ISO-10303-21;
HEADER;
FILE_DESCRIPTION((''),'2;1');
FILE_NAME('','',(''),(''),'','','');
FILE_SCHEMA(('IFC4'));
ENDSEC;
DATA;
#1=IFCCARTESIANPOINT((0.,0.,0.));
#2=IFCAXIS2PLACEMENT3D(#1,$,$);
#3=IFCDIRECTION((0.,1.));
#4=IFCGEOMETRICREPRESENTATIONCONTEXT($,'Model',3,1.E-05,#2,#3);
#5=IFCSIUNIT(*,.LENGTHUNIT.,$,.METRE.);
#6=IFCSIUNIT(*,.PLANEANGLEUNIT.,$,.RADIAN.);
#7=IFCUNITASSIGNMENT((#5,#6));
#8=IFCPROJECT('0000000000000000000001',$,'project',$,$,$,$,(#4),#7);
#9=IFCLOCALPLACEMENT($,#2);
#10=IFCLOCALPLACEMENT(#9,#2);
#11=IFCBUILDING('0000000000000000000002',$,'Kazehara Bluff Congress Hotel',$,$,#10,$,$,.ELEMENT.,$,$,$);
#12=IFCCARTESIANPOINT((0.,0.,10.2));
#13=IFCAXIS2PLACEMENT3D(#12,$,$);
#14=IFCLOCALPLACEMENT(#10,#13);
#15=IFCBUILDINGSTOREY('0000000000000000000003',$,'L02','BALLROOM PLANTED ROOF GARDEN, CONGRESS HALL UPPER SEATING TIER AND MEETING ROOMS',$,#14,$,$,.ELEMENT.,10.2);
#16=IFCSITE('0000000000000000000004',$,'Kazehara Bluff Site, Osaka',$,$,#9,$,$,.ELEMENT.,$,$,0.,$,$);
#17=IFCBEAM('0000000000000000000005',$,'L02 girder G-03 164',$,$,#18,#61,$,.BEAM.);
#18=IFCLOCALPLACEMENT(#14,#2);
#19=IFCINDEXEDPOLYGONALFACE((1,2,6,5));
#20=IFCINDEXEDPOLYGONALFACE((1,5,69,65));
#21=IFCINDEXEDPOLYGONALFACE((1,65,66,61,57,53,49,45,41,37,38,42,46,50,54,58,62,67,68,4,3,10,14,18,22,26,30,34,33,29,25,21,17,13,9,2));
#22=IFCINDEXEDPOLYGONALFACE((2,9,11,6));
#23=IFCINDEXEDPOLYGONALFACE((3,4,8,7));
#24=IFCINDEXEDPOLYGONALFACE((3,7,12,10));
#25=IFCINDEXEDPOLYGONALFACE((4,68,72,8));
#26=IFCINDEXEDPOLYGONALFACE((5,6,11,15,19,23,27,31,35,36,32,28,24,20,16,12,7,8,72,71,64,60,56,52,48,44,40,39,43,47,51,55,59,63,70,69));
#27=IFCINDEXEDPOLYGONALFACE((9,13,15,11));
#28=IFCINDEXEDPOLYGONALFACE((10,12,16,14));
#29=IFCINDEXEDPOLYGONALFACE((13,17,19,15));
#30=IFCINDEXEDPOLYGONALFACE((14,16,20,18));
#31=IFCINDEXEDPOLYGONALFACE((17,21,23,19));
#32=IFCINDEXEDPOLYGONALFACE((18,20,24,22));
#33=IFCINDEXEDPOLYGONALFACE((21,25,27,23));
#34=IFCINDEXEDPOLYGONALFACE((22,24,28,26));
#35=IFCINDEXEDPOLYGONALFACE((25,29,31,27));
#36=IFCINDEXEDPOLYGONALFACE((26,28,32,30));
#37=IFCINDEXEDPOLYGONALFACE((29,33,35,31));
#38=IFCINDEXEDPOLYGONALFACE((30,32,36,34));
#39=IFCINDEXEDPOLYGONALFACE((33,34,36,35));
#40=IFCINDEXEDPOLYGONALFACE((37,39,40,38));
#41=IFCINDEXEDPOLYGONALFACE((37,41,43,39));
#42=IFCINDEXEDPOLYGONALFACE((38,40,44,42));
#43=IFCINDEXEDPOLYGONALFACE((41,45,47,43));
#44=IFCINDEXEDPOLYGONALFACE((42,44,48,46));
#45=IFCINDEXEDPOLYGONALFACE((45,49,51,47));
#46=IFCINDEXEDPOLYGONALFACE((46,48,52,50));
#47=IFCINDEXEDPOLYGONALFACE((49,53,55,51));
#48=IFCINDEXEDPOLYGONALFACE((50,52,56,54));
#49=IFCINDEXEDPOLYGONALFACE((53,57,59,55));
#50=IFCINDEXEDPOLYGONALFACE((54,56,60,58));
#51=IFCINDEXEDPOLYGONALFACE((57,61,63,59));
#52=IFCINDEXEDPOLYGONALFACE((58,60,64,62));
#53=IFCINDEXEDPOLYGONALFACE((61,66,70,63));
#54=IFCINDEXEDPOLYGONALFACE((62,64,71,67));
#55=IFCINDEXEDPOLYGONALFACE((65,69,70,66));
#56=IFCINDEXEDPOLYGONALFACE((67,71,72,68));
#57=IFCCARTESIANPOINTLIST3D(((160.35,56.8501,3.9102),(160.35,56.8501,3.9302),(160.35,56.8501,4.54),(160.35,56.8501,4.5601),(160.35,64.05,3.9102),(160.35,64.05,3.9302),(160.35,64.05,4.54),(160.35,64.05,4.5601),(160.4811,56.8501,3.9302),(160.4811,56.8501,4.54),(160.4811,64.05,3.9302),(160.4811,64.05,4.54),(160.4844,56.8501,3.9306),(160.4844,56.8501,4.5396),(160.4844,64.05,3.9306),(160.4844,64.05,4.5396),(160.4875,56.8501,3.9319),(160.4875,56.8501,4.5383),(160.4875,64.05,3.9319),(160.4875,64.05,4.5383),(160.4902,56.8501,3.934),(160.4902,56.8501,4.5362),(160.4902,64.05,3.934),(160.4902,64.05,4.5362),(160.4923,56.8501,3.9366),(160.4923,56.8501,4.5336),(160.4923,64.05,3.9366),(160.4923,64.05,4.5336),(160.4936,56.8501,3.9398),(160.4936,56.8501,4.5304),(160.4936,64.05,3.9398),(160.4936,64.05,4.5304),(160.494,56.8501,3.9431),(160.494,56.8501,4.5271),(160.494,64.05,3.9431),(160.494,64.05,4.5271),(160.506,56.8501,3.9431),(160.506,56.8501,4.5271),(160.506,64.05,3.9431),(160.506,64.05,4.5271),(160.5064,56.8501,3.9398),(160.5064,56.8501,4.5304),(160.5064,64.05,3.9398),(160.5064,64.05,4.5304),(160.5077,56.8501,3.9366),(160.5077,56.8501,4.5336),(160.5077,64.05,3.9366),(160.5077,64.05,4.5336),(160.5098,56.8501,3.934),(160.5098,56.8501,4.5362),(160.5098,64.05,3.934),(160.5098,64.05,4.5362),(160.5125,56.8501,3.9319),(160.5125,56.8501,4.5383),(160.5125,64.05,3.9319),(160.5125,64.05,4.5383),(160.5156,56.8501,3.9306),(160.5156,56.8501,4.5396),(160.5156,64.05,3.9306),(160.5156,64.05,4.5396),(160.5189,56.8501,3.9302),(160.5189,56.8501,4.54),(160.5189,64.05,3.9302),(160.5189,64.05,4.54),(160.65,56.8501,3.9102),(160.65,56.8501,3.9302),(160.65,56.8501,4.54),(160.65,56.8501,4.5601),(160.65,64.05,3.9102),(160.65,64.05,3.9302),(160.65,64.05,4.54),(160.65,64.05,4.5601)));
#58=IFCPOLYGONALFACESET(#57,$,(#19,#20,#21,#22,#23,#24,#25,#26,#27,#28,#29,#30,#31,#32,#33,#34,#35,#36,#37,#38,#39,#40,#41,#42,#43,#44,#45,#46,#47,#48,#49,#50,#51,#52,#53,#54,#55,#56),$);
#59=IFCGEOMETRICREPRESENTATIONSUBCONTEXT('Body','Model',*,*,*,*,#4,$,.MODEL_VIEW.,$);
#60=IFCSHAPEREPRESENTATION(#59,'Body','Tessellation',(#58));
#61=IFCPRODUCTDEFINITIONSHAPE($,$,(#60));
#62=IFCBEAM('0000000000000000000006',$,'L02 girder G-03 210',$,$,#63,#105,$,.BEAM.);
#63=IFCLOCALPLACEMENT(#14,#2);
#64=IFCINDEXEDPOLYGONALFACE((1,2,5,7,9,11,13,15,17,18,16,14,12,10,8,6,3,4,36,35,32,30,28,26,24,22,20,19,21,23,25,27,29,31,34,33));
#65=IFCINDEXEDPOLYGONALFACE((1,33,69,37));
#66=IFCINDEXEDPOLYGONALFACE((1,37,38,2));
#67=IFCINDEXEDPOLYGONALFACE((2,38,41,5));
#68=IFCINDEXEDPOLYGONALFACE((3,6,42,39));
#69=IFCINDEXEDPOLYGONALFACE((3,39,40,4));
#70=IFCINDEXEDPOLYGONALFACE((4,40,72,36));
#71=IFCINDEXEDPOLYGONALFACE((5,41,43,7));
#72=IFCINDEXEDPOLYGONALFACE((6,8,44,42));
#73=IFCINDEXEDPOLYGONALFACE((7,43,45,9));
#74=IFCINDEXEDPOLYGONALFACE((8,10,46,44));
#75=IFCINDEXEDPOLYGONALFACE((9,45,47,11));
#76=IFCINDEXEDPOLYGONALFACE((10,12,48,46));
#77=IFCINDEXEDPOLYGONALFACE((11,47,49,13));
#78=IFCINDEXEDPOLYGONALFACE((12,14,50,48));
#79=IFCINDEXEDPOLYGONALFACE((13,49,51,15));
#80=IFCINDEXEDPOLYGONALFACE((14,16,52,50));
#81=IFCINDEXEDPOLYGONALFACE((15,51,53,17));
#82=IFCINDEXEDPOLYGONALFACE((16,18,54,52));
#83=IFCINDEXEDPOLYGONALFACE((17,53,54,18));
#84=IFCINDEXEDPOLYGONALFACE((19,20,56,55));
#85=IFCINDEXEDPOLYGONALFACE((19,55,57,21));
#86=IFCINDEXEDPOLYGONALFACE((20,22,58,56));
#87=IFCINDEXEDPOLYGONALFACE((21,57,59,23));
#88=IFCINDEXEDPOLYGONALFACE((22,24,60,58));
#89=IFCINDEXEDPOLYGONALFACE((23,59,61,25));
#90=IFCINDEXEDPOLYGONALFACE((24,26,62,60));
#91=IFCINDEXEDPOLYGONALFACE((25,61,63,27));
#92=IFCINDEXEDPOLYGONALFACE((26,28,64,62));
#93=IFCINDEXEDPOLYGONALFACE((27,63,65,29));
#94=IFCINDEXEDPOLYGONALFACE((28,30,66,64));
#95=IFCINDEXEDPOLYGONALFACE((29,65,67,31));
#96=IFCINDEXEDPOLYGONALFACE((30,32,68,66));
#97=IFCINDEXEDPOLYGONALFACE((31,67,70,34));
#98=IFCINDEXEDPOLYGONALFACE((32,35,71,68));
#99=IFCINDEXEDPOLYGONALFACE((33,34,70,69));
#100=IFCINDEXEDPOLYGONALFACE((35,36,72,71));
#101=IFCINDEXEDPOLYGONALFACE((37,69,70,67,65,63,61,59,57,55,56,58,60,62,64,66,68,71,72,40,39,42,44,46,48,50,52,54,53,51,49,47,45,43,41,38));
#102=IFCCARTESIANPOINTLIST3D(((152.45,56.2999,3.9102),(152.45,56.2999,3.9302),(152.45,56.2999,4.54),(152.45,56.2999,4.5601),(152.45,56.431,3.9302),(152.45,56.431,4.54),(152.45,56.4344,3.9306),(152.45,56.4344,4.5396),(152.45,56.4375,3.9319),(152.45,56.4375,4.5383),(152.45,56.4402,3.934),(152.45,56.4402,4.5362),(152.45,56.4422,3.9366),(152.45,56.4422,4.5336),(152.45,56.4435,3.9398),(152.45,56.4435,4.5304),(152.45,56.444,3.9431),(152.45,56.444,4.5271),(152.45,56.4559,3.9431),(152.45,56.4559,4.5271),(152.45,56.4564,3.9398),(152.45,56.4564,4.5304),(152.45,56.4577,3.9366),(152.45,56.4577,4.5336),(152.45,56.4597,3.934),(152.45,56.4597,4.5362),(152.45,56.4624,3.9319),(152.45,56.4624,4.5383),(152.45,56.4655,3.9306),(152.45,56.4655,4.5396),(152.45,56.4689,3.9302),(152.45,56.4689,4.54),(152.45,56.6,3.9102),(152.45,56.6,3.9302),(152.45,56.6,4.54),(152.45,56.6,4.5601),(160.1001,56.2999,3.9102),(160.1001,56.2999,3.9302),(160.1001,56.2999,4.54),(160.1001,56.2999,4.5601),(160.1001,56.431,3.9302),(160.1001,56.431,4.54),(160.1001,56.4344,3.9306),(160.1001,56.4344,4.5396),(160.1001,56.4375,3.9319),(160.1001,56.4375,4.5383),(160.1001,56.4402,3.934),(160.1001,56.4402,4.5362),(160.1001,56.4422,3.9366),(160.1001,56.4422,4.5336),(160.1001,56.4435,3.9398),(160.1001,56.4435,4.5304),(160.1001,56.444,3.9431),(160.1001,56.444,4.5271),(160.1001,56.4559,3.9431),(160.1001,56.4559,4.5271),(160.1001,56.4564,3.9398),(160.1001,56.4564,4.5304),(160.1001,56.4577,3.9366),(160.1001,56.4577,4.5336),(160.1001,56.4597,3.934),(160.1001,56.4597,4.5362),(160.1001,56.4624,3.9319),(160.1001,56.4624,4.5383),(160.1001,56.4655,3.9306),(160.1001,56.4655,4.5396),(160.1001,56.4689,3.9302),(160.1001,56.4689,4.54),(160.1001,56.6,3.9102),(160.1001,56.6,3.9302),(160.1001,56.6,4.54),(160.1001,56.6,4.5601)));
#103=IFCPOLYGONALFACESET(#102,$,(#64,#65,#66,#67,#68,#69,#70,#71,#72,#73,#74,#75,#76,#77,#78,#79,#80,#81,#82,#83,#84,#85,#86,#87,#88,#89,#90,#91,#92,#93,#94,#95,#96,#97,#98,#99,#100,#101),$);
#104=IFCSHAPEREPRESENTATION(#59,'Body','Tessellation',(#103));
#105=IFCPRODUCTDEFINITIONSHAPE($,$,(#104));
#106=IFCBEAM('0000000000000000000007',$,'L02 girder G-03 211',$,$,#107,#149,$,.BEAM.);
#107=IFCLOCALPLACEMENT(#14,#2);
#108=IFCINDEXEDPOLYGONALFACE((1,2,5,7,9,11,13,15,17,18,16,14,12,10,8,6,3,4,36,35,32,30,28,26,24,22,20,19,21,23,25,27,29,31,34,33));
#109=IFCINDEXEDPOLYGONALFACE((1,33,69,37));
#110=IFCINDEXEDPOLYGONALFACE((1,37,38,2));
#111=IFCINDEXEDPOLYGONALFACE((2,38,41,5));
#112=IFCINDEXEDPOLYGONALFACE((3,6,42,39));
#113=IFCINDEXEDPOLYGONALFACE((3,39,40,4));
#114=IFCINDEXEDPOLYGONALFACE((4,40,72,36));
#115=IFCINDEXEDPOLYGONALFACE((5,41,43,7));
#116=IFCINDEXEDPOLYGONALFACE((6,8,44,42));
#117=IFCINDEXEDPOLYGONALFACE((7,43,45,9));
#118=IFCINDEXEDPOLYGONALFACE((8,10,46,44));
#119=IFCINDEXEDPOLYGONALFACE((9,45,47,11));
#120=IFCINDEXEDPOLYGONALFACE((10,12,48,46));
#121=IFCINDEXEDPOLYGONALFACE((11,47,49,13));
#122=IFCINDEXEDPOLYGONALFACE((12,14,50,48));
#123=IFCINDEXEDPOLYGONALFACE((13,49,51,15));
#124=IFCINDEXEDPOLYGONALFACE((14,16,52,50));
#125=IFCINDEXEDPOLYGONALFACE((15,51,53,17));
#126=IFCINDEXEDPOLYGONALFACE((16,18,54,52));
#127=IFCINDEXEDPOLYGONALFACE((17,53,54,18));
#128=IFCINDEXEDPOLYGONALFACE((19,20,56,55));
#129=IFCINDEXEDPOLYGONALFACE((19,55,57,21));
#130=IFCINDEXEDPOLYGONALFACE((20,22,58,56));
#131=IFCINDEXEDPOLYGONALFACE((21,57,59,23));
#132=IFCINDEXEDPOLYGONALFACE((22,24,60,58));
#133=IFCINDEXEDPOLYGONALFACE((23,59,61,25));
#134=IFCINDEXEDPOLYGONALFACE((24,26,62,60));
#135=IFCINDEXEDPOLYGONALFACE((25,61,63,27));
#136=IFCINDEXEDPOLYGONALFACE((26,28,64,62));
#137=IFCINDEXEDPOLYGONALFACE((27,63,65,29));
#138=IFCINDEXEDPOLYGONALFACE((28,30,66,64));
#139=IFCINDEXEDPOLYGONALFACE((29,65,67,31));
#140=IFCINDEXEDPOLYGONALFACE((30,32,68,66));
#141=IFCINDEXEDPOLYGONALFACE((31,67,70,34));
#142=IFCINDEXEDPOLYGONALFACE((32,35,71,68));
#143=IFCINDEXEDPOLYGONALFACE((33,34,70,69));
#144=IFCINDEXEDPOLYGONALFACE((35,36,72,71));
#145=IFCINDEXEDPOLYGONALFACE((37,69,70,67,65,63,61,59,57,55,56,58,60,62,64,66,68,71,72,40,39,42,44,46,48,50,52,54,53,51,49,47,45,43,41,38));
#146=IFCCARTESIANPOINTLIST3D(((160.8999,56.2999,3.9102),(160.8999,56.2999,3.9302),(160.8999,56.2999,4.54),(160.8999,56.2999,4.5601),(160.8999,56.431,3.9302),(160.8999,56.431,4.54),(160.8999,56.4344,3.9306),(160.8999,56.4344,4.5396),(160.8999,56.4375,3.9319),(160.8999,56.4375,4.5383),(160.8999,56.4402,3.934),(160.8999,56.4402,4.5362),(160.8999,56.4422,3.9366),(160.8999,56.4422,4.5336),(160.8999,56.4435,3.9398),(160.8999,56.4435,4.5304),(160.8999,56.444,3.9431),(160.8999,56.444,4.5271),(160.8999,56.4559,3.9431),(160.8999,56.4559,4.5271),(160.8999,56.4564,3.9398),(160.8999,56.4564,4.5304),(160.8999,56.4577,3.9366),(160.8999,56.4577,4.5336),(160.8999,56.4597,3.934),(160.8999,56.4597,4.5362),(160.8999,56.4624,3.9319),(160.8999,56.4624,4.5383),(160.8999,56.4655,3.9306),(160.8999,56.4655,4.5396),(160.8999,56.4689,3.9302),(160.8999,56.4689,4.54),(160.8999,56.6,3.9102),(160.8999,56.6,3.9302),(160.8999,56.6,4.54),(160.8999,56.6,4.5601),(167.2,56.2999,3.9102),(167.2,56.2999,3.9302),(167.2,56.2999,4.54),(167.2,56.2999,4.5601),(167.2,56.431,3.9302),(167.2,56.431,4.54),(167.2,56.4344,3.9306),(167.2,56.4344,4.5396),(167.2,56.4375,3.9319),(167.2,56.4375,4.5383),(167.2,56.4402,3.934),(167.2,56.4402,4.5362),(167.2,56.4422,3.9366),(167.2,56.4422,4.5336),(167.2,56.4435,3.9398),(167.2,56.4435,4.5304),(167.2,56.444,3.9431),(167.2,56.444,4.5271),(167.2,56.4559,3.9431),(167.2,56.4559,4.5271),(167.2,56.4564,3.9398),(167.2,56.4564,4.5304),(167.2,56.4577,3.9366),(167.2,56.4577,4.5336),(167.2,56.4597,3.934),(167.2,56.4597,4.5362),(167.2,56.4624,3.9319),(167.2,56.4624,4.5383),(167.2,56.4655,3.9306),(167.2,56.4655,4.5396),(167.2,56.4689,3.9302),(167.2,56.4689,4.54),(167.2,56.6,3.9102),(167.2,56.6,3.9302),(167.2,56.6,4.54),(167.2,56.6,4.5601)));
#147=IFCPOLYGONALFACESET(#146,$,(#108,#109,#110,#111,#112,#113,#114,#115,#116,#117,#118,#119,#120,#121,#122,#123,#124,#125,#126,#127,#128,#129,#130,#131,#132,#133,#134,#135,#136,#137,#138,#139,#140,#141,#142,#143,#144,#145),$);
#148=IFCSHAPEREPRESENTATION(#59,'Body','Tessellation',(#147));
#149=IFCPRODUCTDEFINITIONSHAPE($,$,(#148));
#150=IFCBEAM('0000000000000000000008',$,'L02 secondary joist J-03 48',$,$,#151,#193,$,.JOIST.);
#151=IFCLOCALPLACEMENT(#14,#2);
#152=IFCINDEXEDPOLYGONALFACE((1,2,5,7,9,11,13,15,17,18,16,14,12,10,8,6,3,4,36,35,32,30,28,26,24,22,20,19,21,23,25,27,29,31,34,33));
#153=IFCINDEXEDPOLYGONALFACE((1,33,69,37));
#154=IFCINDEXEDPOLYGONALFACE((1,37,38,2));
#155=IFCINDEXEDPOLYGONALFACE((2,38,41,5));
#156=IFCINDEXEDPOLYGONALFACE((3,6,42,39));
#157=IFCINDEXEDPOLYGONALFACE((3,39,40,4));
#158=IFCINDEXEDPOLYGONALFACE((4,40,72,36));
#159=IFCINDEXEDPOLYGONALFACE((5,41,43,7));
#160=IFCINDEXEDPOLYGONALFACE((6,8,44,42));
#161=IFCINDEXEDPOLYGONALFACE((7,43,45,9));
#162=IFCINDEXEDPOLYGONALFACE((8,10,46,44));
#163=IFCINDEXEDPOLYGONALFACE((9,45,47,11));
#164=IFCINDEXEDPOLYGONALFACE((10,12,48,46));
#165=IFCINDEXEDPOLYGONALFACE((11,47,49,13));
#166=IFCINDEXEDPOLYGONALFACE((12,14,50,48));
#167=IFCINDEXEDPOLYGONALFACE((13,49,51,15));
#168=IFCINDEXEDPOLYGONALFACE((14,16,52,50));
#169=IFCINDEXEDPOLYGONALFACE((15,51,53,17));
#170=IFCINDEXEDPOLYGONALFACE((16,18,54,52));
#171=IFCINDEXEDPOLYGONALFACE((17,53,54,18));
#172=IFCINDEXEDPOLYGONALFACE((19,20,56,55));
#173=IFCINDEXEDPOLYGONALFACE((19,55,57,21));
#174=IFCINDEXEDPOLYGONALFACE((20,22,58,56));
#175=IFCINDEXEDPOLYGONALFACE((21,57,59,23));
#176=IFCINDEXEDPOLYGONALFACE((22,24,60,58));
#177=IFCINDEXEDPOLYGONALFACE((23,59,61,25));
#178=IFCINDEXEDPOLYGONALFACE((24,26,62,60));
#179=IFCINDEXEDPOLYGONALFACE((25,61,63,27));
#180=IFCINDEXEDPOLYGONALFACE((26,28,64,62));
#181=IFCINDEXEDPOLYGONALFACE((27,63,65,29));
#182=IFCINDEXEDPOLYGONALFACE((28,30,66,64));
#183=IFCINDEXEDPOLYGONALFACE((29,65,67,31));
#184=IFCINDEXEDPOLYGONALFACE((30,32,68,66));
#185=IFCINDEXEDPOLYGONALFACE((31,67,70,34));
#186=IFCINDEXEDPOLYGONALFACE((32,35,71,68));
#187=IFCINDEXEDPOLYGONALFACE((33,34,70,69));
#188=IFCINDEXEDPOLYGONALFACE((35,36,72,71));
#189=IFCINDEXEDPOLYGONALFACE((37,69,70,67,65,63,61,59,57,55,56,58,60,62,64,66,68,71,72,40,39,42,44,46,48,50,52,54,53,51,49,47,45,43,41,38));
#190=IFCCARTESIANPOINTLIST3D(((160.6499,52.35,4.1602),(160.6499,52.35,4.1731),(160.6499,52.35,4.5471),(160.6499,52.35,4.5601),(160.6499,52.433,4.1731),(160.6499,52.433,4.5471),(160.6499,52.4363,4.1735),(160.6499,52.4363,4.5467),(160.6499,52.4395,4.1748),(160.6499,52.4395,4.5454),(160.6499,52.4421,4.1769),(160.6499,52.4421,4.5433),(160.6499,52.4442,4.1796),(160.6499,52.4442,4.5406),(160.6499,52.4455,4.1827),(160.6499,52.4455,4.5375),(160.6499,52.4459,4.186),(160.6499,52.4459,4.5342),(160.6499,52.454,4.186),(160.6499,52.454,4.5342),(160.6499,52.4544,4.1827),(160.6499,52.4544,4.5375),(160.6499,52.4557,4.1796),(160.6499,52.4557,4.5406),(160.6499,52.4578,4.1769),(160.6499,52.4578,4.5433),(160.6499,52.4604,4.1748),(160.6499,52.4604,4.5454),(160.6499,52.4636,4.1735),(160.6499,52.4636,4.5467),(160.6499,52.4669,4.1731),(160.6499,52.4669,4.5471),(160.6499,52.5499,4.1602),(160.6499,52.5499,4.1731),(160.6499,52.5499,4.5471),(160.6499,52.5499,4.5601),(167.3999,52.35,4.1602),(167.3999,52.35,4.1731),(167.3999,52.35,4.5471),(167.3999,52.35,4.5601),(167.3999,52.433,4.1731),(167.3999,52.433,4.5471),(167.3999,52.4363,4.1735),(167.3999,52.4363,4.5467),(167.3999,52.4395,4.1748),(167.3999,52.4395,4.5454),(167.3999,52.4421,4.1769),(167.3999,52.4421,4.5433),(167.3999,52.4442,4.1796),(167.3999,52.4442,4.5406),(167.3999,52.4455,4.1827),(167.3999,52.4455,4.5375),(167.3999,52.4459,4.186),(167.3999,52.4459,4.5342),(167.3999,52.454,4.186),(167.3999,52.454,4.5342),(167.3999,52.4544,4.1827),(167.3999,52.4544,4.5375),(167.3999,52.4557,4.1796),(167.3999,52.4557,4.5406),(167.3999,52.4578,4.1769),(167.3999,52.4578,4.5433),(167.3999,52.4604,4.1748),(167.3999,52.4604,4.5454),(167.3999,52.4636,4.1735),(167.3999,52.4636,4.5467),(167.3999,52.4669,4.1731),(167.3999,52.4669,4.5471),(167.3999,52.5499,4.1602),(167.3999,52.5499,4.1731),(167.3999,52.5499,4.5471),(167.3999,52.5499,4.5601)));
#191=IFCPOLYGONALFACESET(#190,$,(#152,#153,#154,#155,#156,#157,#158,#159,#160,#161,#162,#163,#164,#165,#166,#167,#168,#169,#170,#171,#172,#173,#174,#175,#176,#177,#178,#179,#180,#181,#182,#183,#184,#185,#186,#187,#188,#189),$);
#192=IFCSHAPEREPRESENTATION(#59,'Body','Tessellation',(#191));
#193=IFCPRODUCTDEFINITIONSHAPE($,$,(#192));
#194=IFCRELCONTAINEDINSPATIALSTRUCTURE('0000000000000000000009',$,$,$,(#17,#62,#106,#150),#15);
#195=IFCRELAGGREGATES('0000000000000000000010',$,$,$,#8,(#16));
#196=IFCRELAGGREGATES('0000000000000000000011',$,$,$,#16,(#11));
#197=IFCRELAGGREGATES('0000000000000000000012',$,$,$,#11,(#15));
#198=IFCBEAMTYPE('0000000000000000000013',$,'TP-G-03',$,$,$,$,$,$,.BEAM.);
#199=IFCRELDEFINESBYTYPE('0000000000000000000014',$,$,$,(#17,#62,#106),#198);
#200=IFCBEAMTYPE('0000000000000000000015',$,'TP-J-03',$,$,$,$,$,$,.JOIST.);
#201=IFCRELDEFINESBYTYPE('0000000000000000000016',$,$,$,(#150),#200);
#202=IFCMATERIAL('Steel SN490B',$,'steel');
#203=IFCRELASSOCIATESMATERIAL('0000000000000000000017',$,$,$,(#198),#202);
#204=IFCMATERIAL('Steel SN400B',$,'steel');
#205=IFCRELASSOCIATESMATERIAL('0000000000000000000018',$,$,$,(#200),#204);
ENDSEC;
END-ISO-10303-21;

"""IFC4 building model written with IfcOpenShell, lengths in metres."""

from ifc_helpers import new_model, si_unit, direction, frame, origin, origin_2d, place, context, subcontext, project, spatial, i_section, extrude, material, material_profile, profile_set, type_object, element, save


model = new_model("IFC4")

# Units and contexts
model_context = context("Model", 3, precision=1e-05, world=origin(), true_north=direction((0.0, 1.0)))
body_context = subcontext(model_context, "Body", "Model", "MODEL_VIEW")
ifc_project = project(units=[si_unit("LENGTHUNIT", "METRE"), si_unit("PLANEANGLEUNIT", "RADIAN")], contexts=[model_context])

# Site, building, storey
site_placement = place(None, origin())
site = spatial("IfcSite", under=ifc_project, at=site_placement, Name="Kazehara Bluff Site, Osaka", CompositionType="ELEMENT", RefElevation=0.0)
building_placement = place(site_placement, origin())
building = spatial("IfcBuilding", under=site, at=building_placement, Name="Kazehara Bluff Congress Hotel", CompositionType="ELEMENT")
storey_placement = place(building_placement, frame((0.0, 0.0, 10.2)))
storey = spatial("IfcBuildingStorey", under=building, at=storey_placement, Name="L02", Description="BALLROOM PLANTED ROOF GARDEN, CONGRESS HALL UPPER SEATING TIER AND MEETING ROOMS", CompositionType="ELEMENT", Elevation=10.2)

# Beams
ifc_material_1 = material(Name="Steel SN490B", Category="steel")
ifc_material_profile_1 = material_profile(ifc_material_1, i_section(OverallWidth=0.3, OverallDepth=0.6499, WebThickness=0.012, FlangeThickness=0.02, FilletRadius=0.0129, at=origin_2d()))
ifc_profile_set_1 = profile_set([ifc_material_profile_1], Name="Steel SN490B")
beam_type_1 = type_object("IfcBeamType", Name="TP-G-03", PredefinedType="BEAM", material=ifc_profile_set_1)
for number, where, z_axis, x_axis, name in (
    (1, (160.5, 56.8501, 4.2351), (0.0, 1.0, 0.0), (-1.0, 0.0, 0.0), "L02 girder G-03 164"),
):
    element("IfcBeam", number, at=place(storey_placement, frame(where, z_axis=z_axis, x_axis=x_axis)), inside=storey, type_object=beam_type_1, Name=name, PredefinedType="BEAM", context=body_context, shape_type="SweptSolid", body=[
        extrude(i_section(OverallWidth=0.3, OverallDepth=0.6499, WebThickness=0.012, FlangeThickness=0.02, FilletRadius=0.0129, at=origin_2d()), origin(), (0.0, 0.0, 1.0), 7.2),
    ])
beam_1_placement = place(storey_placement, frame((152.45, 56.45, 4.2351), z_axis=(1.0, 0.0, 0.0), x_axis=(0.0, 1.0, 0.0)))
element("IfcBeam", 2, at=beam_1_placement, inside=storey, type_object=beam_type_1, Name="L02 girder G-03 210", PredefinedType="BEAM", context=body_context, shape_type="SweptSolid", body=[
    extrude(i_section(OverallWidth=0.3, OverallDepth=0.6499, WebThickness=0.012, FlangeThickness=0.02, FilletRadius=0.0129, at=origin_2d()), origin(), (0.0, 0.0, 1.0), 7.6501),
])
beam_2_placement = place(storey_placement, frame((160.8999, 56.45, 4.2351), z_axis=(1.0, 0.0, 0.0), x_axis=(0.0, 1.0, 0.0)))
element("IfcBeam", 3, at=beam_2_placement, inside=storey, type_object=beam_type_1, Name="L02 girder G-03 211", PredefinedType="BEAM", context=body_context, shape_type="SweptSolid", body=[
    extrude(i_section(OverallWidth=0.3, OverallDepth=0.6499, WebThickness=0.012, FlangeThickness=0.02, FilletRadius=0.0129, at=origin_2d()), origin(), (0.0, 0.0, 1.0), 6.3),
])
ifc_material_2 = material(Name="Steel SN400B", Category="steel")
ifc_material_profile_2 = material_profile(ifc_material_2, i_section(OverallWidth=0.2, OverallDepth=0.3999, WebThickness=0.0081, FlangeThickness=0.0129, FilletRadius=0.0129, at=origin_2d()))
ifc_profile_set_2 = profile_set([ifc_material_profile_2], Name="Steel SN400B")
beam_type_2 = type_object("IfcBeamType", Name="TP-J-03", PredefinedType="JOIST", material=ifc_profile_set_2)
for number, where, z_axis, x_axis, name in (
    (4, (160.6499, 52.45, 4.3601), (1.0, 0.0, 0.0), (0.0, 1.0, 0.0), "L02 secondary joist J-03 48"),
):
    element("IfcBeam", number, at=place(storey_placement, frame(where, z_axis=z_axis, x_axis=x_axis)), inside=storey, type_object=beam_type_2, Name=name, PredefinedType="JOIST", context=body_context, shape_type="SweptSolid", body=[
        extrude(i_section(OverallWidth=0.2, OverallDepth=0.3999, WebThickness=0.0081, FlangeThickness=0.0129, FilletRadius=0.0129, at=origin_2d()), origin(), (0.0, 0.0, 1.0), 6.75),
    ])

save(model, "model.ifc")
